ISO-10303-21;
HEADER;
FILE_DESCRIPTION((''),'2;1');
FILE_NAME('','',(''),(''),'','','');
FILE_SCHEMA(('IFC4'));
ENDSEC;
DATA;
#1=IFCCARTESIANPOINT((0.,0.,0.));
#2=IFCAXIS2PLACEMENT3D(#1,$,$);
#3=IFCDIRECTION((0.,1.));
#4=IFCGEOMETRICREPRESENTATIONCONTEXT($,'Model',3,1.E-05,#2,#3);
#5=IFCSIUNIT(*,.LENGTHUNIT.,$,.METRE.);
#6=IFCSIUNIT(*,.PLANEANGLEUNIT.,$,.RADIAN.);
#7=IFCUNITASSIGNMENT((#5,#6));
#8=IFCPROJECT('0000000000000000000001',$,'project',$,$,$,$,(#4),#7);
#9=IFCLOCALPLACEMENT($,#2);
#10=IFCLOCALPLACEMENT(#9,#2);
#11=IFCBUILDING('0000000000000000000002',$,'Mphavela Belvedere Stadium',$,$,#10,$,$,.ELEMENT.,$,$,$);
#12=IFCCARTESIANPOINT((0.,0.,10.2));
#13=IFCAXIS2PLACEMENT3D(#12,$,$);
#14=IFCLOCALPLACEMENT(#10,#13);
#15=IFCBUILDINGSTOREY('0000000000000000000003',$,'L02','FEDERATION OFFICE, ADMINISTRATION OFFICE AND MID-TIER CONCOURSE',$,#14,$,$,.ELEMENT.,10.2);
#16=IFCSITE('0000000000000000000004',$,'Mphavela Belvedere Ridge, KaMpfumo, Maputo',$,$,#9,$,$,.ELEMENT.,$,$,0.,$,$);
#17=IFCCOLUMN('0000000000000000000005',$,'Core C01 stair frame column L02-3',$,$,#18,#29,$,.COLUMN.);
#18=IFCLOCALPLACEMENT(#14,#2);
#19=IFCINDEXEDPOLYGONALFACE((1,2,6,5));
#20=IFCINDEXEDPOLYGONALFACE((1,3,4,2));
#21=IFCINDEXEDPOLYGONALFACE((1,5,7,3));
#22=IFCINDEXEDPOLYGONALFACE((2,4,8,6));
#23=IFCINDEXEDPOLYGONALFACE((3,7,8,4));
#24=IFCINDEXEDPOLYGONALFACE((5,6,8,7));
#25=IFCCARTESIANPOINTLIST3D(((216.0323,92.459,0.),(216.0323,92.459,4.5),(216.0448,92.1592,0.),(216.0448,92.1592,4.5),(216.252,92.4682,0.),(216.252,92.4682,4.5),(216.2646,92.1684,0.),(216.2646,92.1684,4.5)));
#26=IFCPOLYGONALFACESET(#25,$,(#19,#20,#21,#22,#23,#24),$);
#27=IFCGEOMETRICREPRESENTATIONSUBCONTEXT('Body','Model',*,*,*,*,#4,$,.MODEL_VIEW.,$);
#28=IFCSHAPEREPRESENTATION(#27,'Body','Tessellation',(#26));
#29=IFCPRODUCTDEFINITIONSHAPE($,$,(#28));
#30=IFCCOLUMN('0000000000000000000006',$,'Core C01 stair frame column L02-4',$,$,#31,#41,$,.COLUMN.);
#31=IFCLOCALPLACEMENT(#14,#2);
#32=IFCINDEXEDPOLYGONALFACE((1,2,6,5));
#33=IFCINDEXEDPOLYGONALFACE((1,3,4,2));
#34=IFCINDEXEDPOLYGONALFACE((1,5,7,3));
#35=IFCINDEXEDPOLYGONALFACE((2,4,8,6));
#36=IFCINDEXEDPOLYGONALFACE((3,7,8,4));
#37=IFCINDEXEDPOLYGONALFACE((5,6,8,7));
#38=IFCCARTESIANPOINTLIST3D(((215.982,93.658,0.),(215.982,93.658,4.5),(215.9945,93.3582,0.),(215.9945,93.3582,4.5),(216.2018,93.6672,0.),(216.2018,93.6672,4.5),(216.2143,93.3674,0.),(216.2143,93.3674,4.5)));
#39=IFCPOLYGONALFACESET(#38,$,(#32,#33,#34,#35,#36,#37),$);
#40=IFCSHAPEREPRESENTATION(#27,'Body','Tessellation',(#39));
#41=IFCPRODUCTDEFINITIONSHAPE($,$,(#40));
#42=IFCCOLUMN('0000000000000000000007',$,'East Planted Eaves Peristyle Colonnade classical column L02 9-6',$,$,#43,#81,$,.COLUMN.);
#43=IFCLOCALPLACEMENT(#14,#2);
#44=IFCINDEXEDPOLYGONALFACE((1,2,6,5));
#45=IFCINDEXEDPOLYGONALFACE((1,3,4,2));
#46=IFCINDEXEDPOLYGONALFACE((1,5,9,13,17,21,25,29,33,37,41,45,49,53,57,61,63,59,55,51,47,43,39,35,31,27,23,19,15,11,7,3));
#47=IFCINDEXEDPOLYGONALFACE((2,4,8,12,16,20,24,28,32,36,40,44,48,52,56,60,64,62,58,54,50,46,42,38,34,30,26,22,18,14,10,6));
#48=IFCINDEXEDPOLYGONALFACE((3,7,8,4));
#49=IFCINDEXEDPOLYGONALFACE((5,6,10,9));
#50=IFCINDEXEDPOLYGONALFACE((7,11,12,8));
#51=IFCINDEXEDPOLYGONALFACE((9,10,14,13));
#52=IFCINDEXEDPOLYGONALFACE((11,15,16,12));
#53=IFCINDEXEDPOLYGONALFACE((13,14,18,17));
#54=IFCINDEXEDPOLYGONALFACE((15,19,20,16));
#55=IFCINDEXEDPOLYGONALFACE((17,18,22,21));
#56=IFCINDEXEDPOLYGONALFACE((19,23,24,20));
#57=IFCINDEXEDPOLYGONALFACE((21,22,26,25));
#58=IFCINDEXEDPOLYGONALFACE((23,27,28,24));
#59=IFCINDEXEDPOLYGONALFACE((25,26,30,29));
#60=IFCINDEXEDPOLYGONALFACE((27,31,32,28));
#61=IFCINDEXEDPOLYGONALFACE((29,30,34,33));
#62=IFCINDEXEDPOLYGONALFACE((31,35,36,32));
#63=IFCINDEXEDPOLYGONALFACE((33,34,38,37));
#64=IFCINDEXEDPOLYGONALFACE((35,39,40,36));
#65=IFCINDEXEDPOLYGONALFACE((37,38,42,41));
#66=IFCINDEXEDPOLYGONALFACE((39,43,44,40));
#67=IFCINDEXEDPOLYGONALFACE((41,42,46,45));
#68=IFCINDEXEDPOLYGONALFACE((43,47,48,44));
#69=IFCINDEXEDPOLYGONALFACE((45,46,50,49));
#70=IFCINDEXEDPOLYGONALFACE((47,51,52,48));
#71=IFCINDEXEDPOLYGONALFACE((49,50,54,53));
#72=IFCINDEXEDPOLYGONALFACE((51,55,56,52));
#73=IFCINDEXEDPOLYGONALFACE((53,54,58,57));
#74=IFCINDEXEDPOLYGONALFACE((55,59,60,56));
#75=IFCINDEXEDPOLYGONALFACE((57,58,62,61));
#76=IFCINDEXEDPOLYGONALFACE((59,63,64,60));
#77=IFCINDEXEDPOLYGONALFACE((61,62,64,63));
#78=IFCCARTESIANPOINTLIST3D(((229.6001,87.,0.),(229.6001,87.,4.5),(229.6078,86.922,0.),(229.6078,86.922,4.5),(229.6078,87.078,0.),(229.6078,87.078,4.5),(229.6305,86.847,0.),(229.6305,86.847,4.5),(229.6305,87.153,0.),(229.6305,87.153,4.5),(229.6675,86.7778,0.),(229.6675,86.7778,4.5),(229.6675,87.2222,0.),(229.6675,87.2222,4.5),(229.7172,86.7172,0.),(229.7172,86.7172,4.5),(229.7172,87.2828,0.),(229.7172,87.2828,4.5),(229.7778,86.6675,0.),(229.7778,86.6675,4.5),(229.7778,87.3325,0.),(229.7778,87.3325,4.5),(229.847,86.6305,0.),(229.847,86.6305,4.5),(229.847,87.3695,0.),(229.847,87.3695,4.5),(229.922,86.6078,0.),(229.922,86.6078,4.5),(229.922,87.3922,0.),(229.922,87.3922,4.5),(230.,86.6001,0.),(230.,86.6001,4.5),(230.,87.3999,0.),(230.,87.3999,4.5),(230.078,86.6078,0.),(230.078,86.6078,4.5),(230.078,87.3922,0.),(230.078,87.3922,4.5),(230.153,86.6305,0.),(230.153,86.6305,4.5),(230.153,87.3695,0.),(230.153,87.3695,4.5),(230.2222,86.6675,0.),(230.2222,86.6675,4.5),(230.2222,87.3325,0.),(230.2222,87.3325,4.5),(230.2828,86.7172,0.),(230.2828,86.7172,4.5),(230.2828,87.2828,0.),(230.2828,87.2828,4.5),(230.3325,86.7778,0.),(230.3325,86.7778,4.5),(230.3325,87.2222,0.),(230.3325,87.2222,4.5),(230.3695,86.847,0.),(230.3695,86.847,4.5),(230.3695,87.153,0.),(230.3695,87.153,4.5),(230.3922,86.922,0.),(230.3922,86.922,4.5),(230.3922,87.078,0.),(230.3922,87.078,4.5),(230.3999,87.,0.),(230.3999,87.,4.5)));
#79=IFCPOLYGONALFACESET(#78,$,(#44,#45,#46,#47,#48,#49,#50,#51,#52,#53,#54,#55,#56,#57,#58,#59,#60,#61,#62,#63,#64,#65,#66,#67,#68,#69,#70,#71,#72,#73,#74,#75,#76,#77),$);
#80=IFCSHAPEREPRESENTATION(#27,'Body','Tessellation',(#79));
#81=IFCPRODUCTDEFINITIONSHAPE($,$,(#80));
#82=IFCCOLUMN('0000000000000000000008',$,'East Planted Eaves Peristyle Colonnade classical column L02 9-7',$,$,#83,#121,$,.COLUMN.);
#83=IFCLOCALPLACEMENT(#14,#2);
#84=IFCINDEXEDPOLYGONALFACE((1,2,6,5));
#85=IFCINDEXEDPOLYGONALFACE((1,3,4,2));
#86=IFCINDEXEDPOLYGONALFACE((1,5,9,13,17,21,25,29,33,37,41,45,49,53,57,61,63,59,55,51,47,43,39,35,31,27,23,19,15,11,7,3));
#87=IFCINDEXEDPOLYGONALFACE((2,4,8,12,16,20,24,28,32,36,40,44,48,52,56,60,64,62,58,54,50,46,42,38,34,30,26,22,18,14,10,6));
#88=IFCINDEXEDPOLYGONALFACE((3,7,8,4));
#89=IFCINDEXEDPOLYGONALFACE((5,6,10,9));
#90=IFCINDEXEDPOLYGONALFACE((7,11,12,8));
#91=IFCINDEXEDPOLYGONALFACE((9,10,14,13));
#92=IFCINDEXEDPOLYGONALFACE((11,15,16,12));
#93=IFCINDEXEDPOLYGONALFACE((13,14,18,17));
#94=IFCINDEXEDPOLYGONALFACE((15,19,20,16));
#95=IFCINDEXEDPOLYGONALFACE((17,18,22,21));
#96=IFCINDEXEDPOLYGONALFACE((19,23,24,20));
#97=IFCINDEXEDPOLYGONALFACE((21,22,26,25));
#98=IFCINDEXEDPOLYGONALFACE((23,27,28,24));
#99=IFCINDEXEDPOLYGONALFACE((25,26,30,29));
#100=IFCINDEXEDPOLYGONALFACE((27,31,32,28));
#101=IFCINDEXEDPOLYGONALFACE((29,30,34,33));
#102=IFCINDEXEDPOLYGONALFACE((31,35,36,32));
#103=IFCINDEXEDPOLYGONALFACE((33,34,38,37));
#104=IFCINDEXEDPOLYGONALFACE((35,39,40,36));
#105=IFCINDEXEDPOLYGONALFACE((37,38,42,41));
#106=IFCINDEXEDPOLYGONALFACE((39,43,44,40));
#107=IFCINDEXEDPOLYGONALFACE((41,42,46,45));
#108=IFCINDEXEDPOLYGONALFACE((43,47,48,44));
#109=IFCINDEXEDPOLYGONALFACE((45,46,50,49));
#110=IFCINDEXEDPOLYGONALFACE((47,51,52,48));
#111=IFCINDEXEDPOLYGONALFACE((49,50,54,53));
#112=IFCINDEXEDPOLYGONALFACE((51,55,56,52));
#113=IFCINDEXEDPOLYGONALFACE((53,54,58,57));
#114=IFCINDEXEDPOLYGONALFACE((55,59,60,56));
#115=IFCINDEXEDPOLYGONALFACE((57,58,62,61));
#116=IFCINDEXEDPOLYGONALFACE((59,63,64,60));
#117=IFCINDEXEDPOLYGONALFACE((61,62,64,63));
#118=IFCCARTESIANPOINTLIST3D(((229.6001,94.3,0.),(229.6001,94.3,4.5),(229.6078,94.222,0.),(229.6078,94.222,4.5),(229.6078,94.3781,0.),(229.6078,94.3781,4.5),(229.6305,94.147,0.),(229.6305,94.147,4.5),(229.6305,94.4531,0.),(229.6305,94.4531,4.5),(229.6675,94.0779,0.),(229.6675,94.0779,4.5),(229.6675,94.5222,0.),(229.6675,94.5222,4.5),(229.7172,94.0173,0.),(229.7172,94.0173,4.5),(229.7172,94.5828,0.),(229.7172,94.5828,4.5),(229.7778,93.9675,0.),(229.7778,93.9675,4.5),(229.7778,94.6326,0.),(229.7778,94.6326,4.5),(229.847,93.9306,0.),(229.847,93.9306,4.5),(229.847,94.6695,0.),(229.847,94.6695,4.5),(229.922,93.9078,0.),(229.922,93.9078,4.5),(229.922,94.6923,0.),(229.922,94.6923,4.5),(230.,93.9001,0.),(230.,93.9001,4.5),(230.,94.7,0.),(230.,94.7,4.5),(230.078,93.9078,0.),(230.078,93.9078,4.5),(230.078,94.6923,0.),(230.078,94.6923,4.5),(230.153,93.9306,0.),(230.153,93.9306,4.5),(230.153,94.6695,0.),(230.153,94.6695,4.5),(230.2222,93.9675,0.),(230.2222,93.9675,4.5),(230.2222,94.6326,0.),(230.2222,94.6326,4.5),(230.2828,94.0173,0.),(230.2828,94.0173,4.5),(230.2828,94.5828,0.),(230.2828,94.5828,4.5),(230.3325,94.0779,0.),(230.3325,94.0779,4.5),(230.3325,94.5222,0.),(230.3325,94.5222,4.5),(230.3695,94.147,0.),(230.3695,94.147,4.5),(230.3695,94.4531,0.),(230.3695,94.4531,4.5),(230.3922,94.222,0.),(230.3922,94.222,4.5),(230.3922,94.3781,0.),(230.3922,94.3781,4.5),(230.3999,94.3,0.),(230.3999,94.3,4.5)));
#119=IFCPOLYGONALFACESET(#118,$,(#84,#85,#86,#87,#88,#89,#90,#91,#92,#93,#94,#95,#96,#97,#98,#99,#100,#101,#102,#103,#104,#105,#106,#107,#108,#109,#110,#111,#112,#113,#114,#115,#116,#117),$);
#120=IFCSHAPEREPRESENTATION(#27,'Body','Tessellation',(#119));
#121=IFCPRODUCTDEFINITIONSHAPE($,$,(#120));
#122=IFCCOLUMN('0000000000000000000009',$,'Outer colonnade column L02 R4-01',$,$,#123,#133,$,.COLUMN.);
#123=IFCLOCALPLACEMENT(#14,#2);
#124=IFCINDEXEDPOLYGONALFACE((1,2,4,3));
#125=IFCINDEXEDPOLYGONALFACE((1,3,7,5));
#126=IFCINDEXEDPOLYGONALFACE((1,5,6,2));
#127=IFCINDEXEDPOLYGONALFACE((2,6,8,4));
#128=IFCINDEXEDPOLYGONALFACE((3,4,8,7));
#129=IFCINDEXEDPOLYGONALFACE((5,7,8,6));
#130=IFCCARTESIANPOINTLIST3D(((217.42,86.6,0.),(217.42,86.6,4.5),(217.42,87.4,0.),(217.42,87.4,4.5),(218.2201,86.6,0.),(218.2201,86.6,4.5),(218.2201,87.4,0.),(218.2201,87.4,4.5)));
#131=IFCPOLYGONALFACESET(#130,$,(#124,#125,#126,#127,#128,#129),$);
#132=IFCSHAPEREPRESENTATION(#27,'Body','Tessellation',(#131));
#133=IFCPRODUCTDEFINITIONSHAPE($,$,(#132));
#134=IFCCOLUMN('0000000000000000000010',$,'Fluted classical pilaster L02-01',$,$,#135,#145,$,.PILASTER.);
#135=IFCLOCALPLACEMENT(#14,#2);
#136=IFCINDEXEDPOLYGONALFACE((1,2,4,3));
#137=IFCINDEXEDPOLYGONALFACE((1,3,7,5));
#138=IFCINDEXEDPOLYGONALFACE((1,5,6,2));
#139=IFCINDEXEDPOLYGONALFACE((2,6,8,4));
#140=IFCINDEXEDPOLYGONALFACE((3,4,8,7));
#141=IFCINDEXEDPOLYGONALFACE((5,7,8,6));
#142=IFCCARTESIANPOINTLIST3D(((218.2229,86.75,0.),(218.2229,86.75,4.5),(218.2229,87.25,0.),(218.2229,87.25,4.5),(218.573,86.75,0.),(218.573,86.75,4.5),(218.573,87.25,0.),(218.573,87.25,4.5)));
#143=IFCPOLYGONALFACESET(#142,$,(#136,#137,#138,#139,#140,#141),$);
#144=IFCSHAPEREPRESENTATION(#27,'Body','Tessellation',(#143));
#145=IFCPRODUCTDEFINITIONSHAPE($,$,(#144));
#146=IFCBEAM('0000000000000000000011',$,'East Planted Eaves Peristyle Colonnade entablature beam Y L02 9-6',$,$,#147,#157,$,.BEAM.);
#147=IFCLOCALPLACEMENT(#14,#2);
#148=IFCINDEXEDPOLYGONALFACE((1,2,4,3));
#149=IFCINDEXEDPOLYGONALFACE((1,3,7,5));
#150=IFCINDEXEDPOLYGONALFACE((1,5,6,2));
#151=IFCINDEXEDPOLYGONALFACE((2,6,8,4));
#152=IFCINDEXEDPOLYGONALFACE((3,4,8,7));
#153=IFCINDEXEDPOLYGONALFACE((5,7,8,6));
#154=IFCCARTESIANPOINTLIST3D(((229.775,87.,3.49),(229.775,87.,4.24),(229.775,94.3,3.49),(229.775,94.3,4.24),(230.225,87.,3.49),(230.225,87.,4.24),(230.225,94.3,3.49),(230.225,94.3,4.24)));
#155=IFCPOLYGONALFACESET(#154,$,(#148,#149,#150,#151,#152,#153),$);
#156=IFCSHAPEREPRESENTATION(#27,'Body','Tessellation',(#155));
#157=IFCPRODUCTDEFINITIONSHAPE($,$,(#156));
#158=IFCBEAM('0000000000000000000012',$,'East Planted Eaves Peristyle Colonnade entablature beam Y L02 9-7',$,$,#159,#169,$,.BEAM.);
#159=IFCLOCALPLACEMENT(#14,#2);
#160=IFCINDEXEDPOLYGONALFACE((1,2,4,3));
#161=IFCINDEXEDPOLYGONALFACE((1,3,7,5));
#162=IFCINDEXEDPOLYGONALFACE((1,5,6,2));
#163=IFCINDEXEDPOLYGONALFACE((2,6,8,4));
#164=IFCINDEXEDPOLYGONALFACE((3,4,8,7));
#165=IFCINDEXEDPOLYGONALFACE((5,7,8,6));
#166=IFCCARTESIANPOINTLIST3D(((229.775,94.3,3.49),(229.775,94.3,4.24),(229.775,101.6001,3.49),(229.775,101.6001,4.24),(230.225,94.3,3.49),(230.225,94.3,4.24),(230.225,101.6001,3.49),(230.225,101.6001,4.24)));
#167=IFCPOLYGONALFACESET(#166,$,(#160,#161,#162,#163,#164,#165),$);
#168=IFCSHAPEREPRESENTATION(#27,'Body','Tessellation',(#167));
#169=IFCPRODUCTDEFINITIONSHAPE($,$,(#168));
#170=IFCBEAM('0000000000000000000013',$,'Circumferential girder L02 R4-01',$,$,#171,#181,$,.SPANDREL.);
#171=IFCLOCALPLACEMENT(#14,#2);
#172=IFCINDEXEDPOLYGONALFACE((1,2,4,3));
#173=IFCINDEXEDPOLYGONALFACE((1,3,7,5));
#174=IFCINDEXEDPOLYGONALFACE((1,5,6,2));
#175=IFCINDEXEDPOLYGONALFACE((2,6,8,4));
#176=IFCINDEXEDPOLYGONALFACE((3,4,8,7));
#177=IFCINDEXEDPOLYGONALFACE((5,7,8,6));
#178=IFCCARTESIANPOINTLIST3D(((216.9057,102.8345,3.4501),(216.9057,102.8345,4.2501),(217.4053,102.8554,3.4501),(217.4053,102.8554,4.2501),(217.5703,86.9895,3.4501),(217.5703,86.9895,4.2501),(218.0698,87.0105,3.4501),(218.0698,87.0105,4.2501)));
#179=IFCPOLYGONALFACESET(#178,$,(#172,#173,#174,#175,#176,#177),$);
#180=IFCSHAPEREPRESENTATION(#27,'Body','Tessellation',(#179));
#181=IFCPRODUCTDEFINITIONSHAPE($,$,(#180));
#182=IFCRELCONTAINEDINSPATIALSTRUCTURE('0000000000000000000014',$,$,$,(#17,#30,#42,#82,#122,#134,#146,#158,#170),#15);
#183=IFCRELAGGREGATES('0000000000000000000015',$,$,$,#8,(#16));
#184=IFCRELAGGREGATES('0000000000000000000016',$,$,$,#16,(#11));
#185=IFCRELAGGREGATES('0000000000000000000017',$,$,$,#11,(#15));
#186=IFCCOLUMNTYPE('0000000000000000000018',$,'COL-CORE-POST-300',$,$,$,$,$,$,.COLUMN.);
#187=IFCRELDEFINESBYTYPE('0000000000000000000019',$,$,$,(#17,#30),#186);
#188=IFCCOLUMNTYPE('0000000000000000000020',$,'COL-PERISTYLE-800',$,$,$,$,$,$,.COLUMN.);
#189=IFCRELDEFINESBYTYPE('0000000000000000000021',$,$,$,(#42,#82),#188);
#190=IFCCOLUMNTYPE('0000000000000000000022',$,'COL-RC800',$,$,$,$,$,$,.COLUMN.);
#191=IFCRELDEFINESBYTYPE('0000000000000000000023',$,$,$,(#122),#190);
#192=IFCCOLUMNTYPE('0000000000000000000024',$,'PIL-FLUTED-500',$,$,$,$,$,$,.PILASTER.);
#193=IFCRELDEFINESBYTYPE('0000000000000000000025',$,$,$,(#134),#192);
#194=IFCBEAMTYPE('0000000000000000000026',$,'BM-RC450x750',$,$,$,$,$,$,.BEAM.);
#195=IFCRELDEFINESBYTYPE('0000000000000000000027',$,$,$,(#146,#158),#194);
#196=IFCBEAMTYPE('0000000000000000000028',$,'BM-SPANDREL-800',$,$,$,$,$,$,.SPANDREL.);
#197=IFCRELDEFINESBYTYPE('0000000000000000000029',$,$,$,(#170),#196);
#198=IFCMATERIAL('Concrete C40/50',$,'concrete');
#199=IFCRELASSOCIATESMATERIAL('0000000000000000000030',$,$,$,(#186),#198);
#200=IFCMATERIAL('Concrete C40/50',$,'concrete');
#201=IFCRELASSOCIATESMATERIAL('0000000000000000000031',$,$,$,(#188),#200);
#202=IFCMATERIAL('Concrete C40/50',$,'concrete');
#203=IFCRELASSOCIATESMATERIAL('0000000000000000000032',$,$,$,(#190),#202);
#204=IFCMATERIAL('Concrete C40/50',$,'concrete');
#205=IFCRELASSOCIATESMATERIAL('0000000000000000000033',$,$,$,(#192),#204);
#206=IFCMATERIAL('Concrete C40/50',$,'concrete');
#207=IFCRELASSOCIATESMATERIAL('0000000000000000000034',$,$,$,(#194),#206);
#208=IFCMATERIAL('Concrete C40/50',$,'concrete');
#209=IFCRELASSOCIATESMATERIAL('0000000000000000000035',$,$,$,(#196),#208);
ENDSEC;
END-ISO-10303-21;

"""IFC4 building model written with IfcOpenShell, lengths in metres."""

from ifc_helpers import new_model, si_unit, direction, frame, origin, origin_2d, place, context, subcontext, project, spatial, rectangle, circle, extrude, material, material_profile, profile_set, type_object, element, save


model = new_model("IFC4")

# Units and contexts
model_context = context("Model", 3, precision=1e-05, world=origin(), true_north=direction((0.0, 1.0)))
body_context = subcontext(model_context, "Body", "Model", "MODEL_VIEW")
ifc_project = project(units=[si_unit("LENGTHUNIT", "METRE"), si_unit("PLANEANGLEUNIT", "RADIAN")], contexts=[model_context])

# Site, building, storey
site_placement = place(None, origin())
site = spatial("IfcSite", under=ifc_project, at=site_placement, Name="Mphavela Belvedere Ridge, KaMpfumo, Maputo", CompositionType="ELEMENT", RefElevation=0.0)
building_placement = place(site_placement, origin())
building = spatial("IfcBuilding", under=site, at=building_placement, Name="Mphavela Belvedere Stadium", CompositionType="ELEMENT")
storey_placement = place(building_placement, frame((0.0, 0.0, 10.2)))
storey = spatial("IfcBuildingStorey", under=building, at=storey_placement, Name="L02", Description="FEDERATION OFFICE, ADMINISTRATION OFFICE AND MID-TIER CONCOURSE", CompositionType="ELEMENT", Elevation=10.2)

# Columns
ifc_material_1 = material(Name="Concrete C40/50", Category="concrete")
ifc_material_profile_1 = material_profile(ifc_material_1, rectangle(XDim=0.3, YDim=0.22, at=origin_2d()), Name="RC 300x220")
ifc_profile_set_1 = profile_set([ifc_material_profile_1], Name="Concrete C40/50")
column_type_1 = type_object("IfcColumnType", Name="COL-CORE-POST-300", PredefinedType="COLUMN", material=ifc_profile_set_1)
for number, where, z_axis, x_axis, name in (
    (1, (216.1484, 92.3137, 0.0), (0.0, 0.0, 1.0), (0.041876, -0.999123, 0.0), "Core C01 stair frame column L02-3"),
    (2, (216.0981, 93.5127, 0.0), (0.0, 0.0, 1.0), (0.041876, -0.999123, 0.0), "Core C01 stair frame column L02-4"),
):
    element("IfcColumn", number, at=place(storey_placement, frame(where, z_axis=z_axis, x_axis=x_axis)), inside=storey, type_object=column_type_1, Name=name, PredefinedType="COLUMN", context=body_context, shape_type="SweptSolid", body=[
        extrude(rectangle(XDim=0.3, YDim=0.22, at=origin_2d()), origin(), (0.0, 0.0, 1.0), 4.5),
    ])
ifc_material_2 = material(Name="Concrete C40/50", Category="concrete")
ifc_material_profile_2 = material_profile(ifc_material_2, circle(Radius=0.3999, at=origin_2d()), Name="COL D800")
ifc_profile_set_2 = profile_set([ifc_material_profile_2], Name="Concrete C40/50")
column_type_2 = type_object("IfcColumnType", Name="COL-PERISTYLE-800", PredefinedType="COLUMN", material=ifc_profile_set_2)
for number, where, z_axis, x_axis, name in (
    (3, (230.0, 87.0, 0.0), (0.0, 0.0, 1.0), (1.0, 0.0, 0.0), "East Planted Eaves Peristyle Colonnade classical column L02 9-6"),
    (4, (230.0, 94.3, 0.0), (0.0, 0.0, 1.0), (1.0, 0.0, 0.0), "East Planted Eaves Peristyle Colonnade classical column L02 9-7"),
):
    element("IfcColumn", number, at=place(storey_placement, frame(where, z_axis=z_axis, x_axis=x_axis)), inside=storey, type_object=column_type_2, Name=name, PredefinedType="COLUMN", context=body_context, shape_type="SweptSolid", body=[
        extrude(circle(Radius=0.3999, at=origin_2d()), origin(), (0.0, 0.0, 1.0), 4.5),
    ])
ifc_material_3 = material(Name="Concrete C40/50", Category="concrete")
ifc_material_profile_3 = material_profile(ifc_material_3, rectangle(XDim=0.8, YDim=0.8, at=origin_2d()), Name="RC 800x800")
ifc_profile_set_3 = profile_set([ifc_material_profile_3], Name="Concrete C40/50")
column_type_3 = type_object("IfcColumnType", Name="COL-RC800", PredefinedType="COLUMN", material=ifc_profile_set_3)
column_1_placement = place(storey_placement, frame((217.8201, 87.0, 0.0), z_axis=(0.0, 0.0, 1.0), x_axis=(1.0, 0.0, 0.0)))
element("IfcColumn", 5, at=column_1_placement, inside=storey, type_object=column_type_3, Name="Outer colonnade column L02 R4-01", PredefinedType="COLUMN", context=body_context, shape_type="SweptSolid", body=[
    extrude(rectangle(XDim=0.8, YDim=0.8, at=origin_2d()), origin(), (0.0, 0.0, 1.0), 4.5),
])
ifc_material_4 = material(Name="Concrete C40/50", Category="concrete")
ifc_material_profile_4 = material_profile(ifc_material_4, rectangle(XDim=0.5, YDim=0.3501, at=origin_2d()), Name="PIL 500x350")
ifc_profile_set_4 = profile_set([ifc_material_profile_4], Name="Concrete C40/50")
column_type_4 = type_object("IfcColumnType", Name="PIL-FLUTED-500", PredefinedType="PILASTER", material=ifc_profile_set_4)
column_2_placement = place(storey_placement, frame((218.3979, 87.0, 0.0), z_axis=(0.0, 0.0, 1.0), x_axis=(0.0, 1.0, 0.0)))
element("IfcColumn", 6, at=column_2_placement, inside=storey, type_object=column_type_4, Name="Fluted classical pilaster L02-01", PredefinedType="PILASTER", context=body_context, shape_type="SweptSolid", body=[
    extrude(rectangle(XDim=0.5, YDim=0.3501, at=origin_2d()), origin(), (0.0, 0.0, 1.0), 4.5),
])

# Beams
ifc_material_5 = material(Name="Concrete C40/50", Category="concrete")
ifc_material_profile_5 = material_profile(ifc_material_5, rectangle(XDim=0.45, YDim=0.75, at=origin_2d()), Name="RC 450x750")
ifc_profile_set_5 = profile_set([ifc_material_profile_5], Name="Concrete C40/50")
beam_type_1 = type_object("IfcBeamType", Name="BM-RC450x750", PredefinedType="BEAM", material=ifc_profile_set_5)
for number, where, z_axis, x_axis, name in (
    (7, (230.0, 87.0, 3.865), (0.0, 1.0, 0.0), (-1.0, 0.0, 0.0), "East Planted Eaves Peristyle Colonnade entablature beam Y L02 9-6"),
    (8, (230.0, 94.3, 3.865), (0.0, 1.0, 0.0), (-1.0, 0.0, 0.0), "East Planted Eaves Peristyle Colonnade entablature beam Y L02 9-7"),
):
    element("IfcBeam", number, at=place(storey_placement, frame(where, z_axis=z_axis, x_axis=x_axis)), inside=storey, type_object=beam_type_1, Name=name, PredefinedType="BEAM", context=body_context, shape_type="SweptSolid", body=[
        extrude(rectangle(XDim=0.45, YDim=0.75, at=origin_2d()), origin(), (0.0, 0.0, 1.0), 7.3),
    ])
ifc_material_6 = material(Name="Concrete C40/50", Category="concrete")
ifc_material_profile_6 = material_profile(ifc_material_6, rectangle(XDim=0.5, YDim=0.8, at=origin_2d()), Name="RC 500x800")
ifc_profile_set_6 = profile_set([ifc_material_profile_6], Name="Concrete C40/50")
beam_type_2 = type_object("IfcBeamType", Name="BM-SPANDREL-800", PredefinedType="SPANDREL", material=ifc_profile_set_6)
beam_placement = place(storey_placement, frame((217.8201, 87.0, 3.8501), z_axis=(-0.041904, 0.999122, 0.0), x_axis=(-0.999122, -0.041904, 0.0)))
element("IfcBeam", 9, at=beam_placement, inside=storey, type_object=beam_type_2, Name="Circumferential girder L02 R4-01", PredefinedType="SPANDREL", context=body_context, shape_type="SweptSolid", body=[
    extrude(rectangle(XDim=0.5, YDim=0.8, at=origin_2d()), origin(), (0.0, 0.0, 1.0), 15.8589),
])

save(model, "model.ifc")
